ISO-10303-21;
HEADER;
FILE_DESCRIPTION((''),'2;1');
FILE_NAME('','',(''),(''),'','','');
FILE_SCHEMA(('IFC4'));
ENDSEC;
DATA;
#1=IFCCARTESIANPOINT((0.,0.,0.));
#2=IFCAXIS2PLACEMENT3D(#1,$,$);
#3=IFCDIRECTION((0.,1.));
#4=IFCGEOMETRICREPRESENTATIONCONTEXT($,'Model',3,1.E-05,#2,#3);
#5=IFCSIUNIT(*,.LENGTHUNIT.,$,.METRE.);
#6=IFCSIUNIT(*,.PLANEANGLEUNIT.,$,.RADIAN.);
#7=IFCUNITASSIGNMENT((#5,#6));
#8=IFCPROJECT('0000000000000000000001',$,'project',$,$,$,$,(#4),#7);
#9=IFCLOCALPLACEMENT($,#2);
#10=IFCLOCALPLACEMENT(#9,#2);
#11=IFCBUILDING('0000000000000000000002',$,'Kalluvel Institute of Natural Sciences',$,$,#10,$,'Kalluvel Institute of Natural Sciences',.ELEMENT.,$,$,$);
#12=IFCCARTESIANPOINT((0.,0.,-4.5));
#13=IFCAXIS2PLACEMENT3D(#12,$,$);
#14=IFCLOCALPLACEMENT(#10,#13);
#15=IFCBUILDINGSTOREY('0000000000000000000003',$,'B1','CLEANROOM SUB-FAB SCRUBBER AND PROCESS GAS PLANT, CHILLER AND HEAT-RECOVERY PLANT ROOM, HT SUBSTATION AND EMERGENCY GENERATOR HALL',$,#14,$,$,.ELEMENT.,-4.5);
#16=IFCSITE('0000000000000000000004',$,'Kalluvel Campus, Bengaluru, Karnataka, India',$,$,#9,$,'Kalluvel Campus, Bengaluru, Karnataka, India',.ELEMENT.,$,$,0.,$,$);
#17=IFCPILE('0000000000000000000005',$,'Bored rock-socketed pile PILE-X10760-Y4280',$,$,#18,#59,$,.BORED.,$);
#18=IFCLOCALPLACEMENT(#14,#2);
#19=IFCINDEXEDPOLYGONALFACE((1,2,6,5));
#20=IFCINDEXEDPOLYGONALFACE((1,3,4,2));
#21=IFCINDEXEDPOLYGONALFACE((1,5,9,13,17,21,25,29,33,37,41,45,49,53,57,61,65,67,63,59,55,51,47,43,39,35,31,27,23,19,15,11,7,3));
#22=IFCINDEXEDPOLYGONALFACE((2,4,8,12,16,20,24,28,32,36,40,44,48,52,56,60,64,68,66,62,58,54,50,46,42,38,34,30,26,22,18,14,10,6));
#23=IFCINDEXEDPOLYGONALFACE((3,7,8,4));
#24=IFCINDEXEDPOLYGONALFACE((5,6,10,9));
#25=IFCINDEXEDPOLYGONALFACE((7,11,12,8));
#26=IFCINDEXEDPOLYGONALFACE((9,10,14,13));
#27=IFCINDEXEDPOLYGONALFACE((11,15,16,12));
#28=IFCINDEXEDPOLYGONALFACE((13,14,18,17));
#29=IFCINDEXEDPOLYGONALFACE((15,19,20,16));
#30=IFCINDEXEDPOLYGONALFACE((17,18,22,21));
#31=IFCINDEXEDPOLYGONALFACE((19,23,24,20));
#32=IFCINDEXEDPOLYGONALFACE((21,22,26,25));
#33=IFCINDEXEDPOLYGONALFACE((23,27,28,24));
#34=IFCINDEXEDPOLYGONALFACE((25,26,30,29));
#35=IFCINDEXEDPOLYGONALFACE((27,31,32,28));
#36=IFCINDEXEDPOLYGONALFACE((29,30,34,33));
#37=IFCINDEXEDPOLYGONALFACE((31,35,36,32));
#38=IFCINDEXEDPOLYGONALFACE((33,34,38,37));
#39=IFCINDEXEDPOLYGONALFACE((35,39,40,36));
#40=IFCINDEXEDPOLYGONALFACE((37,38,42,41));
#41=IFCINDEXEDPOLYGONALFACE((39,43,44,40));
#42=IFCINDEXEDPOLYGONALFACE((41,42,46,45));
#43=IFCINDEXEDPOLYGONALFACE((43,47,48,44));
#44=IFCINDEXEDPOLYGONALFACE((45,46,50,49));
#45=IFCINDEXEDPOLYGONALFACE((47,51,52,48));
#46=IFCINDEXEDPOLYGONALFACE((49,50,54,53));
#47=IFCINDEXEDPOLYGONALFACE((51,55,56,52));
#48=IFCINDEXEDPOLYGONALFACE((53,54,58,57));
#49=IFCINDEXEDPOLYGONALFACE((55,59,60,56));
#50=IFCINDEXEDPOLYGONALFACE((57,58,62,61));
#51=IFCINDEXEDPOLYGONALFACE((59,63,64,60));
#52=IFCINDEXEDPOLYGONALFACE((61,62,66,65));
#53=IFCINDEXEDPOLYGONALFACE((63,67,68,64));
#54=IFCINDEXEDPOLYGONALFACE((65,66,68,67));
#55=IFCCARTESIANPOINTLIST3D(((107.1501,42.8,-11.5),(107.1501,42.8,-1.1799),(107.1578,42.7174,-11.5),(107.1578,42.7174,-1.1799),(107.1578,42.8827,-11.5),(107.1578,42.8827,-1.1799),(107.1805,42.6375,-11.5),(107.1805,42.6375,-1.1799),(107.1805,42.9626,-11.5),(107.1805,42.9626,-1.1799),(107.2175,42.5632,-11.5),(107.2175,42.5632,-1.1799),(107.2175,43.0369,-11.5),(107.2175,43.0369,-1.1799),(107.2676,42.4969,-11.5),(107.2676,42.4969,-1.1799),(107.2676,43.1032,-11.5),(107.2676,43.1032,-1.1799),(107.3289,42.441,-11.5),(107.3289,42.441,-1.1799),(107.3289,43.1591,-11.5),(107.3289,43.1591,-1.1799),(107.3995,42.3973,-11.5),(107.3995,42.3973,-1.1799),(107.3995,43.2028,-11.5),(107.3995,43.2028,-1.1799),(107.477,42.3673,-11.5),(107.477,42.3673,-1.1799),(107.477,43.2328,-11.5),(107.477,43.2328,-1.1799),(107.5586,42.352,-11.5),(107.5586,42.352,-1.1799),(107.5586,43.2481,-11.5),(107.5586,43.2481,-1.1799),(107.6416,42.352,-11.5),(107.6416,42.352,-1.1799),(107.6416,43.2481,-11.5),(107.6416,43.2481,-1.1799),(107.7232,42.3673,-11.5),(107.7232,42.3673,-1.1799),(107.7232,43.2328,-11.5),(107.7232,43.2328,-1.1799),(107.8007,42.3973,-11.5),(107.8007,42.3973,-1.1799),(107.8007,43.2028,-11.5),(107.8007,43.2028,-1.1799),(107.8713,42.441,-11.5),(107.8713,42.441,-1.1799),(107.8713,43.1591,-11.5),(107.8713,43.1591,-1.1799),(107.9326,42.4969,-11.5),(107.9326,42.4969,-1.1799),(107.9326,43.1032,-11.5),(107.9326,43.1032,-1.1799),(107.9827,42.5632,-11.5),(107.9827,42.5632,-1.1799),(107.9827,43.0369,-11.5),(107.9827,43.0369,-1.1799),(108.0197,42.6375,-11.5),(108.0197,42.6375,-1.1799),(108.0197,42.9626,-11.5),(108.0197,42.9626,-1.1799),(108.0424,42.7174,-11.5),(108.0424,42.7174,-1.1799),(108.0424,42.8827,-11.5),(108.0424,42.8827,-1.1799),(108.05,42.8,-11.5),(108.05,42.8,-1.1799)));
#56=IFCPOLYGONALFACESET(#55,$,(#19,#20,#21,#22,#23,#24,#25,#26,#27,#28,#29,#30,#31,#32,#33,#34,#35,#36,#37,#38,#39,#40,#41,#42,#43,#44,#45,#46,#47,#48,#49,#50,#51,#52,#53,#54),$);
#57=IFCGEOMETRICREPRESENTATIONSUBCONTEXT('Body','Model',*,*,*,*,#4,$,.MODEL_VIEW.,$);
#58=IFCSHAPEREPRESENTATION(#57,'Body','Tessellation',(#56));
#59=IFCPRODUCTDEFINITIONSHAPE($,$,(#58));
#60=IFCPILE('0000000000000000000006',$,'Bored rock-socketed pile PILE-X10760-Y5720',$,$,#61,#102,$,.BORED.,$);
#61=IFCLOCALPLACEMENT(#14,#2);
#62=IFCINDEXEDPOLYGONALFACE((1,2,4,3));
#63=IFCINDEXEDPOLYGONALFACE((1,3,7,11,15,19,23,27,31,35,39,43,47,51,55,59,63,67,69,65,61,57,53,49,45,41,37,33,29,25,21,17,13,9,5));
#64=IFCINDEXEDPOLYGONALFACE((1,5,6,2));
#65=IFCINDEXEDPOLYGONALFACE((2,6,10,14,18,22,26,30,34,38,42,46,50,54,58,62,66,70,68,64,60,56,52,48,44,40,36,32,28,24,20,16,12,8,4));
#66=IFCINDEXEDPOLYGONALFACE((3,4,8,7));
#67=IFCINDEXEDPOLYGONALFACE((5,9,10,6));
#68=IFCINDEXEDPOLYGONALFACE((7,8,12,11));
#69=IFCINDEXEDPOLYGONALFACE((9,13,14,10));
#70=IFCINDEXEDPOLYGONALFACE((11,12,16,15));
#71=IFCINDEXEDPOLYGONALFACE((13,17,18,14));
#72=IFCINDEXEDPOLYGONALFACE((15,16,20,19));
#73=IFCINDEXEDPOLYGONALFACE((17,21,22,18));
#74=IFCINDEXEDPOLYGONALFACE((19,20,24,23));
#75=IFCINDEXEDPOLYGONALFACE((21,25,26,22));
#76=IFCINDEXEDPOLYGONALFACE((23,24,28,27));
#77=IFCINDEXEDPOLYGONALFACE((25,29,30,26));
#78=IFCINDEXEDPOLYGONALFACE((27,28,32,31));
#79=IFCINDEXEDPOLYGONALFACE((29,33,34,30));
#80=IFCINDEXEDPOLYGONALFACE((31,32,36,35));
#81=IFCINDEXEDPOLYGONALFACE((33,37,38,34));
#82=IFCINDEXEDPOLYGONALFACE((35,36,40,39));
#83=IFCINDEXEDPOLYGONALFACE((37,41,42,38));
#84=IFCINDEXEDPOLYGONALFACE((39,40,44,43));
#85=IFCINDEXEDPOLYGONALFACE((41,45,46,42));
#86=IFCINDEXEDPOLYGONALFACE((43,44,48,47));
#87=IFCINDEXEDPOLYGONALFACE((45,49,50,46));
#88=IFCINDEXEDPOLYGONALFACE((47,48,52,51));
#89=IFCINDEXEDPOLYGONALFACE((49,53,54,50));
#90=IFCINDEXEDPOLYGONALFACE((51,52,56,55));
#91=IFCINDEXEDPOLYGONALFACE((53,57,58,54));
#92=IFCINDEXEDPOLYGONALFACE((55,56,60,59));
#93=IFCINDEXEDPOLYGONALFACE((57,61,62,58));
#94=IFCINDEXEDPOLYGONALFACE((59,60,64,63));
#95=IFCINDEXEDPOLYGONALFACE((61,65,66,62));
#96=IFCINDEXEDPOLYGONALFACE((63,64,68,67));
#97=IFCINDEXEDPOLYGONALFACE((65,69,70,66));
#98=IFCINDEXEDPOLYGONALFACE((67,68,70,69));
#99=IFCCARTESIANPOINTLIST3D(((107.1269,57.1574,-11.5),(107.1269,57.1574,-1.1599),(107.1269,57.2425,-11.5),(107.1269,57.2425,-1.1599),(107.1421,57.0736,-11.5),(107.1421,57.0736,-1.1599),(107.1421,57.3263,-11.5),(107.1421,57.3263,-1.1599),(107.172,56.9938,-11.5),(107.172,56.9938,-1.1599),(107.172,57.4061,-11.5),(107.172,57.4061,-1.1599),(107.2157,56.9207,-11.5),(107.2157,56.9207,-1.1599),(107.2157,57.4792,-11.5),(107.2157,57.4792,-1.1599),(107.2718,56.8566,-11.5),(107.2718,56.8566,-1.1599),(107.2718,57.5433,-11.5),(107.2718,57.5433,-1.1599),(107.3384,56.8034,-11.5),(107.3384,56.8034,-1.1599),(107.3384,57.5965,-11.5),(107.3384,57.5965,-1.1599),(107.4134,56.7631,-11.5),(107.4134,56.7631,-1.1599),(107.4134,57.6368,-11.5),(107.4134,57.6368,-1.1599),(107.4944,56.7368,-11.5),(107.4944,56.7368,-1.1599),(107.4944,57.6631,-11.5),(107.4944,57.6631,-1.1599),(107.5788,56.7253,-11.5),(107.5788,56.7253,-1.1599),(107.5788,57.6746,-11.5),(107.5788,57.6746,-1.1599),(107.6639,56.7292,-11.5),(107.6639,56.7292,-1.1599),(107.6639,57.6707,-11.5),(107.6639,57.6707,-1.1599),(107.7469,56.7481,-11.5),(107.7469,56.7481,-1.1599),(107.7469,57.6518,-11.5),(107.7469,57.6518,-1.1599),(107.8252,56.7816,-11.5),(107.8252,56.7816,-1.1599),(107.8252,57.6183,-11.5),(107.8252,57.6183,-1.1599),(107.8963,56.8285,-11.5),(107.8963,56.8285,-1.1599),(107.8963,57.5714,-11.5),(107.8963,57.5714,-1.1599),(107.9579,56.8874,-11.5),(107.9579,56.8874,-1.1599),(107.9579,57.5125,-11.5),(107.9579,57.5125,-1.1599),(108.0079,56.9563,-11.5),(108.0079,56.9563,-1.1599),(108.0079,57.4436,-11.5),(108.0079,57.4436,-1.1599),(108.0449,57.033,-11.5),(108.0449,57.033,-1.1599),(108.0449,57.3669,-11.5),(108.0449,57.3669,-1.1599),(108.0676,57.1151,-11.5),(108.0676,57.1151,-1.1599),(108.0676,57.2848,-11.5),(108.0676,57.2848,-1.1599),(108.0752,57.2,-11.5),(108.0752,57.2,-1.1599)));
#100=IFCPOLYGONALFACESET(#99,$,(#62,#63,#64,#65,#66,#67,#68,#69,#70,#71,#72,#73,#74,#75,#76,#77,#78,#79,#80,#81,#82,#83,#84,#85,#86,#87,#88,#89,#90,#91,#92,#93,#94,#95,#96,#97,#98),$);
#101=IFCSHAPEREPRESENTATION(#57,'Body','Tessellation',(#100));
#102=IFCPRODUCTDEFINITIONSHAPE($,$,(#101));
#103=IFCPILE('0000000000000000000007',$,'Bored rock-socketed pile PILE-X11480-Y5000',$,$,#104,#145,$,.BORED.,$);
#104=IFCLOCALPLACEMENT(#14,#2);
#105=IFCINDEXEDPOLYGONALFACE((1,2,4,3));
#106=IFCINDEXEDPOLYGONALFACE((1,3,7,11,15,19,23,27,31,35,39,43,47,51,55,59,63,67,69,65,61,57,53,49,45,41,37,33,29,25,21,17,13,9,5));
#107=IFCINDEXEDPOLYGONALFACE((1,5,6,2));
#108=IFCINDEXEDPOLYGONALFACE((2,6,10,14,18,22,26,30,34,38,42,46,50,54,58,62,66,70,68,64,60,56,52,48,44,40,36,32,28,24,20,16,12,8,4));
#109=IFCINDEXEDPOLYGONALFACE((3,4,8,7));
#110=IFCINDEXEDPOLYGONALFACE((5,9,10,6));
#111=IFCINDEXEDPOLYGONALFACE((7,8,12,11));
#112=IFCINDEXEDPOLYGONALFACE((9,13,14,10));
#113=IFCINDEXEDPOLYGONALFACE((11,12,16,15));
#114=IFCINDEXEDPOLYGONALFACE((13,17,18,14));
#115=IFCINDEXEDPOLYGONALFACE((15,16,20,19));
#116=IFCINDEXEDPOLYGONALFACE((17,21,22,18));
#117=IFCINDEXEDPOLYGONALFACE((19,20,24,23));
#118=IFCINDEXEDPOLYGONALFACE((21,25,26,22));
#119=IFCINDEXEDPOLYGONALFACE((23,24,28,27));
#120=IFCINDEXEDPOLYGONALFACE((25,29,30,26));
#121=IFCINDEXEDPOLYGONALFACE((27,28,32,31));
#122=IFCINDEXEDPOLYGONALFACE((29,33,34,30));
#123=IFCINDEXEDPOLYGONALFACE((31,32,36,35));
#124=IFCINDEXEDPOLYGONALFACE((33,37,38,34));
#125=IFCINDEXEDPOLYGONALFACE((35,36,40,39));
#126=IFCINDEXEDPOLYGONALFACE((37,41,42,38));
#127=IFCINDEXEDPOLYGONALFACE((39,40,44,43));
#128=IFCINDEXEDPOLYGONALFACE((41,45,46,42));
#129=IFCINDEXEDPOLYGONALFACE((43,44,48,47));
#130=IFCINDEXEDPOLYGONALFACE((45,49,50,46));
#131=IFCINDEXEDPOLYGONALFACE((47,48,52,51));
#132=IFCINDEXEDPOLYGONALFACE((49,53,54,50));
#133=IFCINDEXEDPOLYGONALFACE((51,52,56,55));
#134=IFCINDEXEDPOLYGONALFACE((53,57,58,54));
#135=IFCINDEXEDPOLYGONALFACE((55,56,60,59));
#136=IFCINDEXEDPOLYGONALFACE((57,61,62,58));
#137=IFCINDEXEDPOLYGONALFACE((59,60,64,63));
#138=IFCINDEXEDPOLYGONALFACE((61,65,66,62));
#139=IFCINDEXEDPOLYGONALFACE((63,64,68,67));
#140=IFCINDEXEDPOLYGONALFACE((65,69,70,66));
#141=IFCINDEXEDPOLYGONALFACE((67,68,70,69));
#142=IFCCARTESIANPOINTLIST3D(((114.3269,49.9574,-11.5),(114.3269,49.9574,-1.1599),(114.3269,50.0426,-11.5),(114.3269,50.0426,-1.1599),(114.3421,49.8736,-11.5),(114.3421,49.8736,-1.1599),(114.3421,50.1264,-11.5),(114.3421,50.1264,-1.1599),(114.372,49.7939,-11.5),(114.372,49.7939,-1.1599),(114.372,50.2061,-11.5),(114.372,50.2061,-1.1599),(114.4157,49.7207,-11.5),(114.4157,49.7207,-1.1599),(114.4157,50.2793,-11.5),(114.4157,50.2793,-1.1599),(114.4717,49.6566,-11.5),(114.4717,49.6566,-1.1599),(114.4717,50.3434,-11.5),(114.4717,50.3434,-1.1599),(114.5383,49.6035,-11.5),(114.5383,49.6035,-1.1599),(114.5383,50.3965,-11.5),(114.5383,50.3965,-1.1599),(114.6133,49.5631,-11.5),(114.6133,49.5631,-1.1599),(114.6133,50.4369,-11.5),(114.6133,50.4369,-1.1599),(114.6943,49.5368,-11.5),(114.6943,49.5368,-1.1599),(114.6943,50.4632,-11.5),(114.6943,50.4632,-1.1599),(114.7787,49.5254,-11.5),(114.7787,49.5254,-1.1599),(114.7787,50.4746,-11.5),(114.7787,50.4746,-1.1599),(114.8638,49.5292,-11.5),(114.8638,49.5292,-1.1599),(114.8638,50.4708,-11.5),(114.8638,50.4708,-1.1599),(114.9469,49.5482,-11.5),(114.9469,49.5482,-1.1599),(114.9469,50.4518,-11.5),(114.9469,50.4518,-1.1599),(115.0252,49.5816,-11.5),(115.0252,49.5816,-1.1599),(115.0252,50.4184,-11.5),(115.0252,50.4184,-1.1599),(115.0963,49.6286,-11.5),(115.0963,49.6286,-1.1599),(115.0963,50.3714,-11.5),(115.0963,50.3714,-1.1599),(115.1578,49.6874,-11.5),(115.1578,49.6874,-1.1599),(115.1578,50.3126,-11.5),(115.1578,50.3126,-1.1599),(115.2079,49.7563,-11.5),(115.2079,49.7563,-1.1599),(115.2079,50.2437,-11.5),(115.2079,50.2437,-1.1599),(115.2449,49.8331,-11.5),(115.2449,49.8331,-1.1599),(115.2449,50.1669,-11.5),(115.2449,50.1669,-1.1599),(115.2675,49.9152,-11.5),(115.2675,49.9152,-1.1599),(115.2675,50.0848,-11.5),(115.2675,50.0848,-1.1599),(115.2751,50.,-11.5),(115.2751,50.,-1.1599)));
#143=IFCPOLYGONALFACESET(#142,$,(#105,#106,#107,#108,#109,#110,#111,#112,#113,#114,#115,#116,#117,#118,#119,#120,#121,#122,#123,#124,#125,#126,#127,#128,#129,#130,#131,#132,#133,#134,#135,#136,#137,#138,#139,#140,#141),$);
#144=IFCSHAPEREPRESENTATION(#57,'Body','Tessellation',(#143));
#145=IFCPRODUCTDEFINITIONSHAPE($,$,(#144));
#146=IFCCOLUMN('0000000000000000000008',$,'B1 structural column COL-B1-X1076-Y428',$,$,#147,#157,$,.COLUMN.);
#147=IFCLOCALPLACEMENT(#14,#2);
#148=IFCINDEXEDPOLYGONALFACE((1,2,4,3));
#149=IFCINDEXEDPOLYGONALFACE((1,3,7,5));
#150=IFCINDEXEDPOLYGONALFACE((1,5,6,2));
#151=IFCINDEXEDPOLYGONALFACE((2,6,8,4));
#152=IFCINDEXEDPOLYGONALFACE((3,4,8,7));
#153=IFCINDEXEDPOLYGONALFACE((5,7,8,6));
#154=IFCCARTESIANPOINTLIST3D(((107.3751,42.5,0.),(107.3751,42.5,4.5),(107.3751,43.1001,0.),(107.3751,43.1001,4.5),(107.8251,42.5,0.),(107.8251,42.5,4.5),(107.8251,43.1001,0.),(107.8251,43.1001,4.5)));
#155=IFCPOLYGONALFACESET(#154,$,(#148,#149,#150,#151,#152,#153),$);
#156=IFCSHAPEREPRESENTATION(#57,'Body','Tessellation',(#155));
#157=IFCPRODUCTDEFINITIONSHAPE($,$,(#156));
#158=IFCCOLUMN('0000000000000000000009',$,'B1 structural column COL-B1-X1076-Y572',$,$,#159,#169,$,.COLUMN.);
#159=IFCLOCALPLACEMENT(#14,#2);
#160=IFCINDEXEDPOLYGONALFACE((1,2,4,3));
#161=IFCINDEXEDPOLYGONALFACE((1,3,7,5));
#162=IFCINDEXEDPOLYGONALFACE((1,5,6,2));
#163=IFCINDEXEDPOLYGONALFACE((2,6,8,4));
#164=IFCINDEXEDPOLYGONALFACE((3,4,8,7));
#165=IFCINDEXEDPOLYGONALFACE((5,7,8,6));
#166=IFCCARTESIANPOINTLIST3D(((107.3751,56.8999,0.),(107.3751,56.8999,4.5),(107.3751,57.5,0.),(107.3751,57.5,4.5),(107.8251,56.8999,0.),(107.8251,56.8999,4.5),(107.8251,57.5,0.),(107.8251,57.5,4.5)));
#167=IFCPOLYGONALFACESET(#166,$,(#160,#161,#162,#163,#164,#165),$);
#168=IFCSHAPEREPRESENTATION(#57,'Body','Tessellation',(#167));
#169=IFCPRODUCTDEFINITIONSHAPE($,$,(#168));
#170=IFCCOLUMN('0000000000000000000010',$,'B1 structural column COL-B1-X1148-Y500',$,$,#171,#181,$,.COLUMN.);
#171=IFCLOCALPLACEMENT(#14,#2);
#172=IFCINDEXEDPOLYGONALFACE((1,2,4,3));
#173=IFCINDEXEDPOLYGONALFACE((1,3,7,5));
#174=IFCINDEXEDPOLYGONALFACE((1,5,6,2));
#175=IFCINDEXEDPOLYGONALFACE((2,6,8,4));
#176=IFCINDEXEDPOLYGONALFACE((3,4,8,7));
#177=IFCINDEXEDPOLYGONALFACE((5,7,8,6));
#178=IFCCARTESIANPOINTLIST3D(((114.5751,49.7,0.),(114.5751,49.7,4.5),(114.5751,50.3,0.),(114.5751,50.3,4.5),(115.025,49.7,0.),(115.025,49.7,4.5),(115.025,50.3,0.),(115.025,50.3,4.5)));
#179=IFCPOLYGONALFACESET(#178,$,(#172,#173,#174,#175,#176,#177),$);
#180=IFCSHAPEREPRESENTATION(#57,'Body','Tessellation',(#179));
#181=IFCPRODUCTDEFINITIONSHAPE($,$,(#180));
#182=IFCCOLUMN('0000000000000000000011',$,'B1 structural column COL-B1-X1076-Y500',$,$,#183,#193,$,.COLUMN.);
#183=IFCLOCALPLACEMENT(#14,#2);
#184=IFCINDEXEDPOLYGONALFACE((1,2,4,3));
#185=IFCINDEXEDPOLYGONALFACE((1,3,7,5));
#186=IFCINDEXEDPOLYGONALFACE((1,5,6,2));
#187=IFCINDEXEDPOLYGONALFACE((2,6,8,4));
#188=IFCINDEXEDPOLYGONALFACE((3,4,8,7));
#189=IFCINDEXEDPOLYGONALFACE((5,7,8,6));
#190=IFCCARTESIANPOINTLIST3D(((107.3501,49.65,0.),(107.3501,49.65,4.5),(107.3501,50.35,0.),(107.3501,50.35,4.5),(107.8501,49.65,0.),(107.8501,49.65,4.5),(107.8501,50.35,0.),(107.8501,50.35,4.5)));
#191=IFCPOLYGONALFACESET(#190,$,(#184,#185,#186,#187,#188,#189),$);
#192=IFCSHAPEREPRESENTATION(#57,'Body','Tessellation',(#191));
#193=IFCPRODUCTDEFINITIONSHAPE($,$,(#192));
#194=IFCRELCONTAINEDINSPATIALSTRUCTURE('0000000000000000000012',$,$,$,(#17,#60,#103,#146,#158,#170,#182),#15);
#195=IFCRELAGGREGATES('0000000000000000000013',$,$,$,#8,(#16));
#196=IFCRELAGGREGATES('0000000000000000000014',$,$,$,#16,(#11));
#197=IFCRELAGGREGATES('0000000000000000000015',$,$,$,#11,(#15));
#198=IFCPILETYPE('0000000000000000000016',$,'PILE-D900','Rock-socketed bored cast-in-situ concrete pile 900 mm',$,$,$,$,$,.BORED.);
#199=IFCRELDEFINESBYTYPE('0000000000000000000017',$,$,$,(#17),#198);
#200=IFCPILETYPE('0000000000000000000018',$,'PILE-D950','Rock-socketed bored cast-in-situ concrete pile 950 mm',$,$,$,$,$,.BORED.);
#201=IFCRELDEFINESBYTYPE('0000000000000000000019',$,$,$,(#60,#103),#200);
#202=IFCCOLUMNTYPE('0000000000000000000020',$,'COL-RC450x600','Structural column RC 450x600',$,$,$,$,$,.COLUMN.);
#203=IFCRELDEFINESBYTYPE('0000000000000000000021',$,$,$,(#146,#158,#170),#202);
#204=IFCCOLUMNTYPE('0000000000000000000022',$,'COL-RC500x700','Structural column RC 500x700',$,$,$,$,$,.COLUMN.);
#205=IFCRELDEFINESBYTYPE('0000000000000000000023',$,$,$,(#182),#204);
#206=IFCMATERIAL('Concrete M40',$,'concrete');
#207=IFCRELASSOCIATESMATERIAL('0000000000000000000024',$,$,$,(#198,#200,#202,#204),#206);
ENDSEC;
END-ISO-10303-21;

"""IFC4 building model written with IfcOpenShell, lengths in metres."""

from ifc_helpers import new_model, si_unit, direction, frame, origin, origin_2d, place, context, subcontext, project, spatial, rectangle, circle, extrude, material, material_profile, profile_set, type_object, element, save


model = new_model("IFC4")

# Units and contexts
model_context = context("Model", 3, precision=1e-05, world=origin(), true_north=direction((0.0, 1.0)))
body_context = subcontext(model_context, "Body", "Model", "MODEL_VIEW")
ifc_project = project(units=[si_unit("LENGTHUNIT", "METRE"), si_unit("PLANEANGLEUNIT", "RADIAN")], contexts=[model_context])

# Site, building, storey
site_placement = place(None, origin())
site = spatial("IfcSite", under=ifc_project, at=site_placement, Name="Kalluvel Campus, Bengaluru, Karnataka, India", LongName="Kalluvel Campus, Bengaluru, Karnataka, India", CompositionType="ELEMENT", RefElevation=0.0)
building_placement = place(site_placement, origin())
building = spatial("IfcBuilding", under=site, at=building_placement, Name="Kalluvel Institute of Natural Sciences", LongName="Kalluvel Institute of Natural Sciences", CompositionType="ELEMENT")
storey_placement = place(building_placement, frame((0.0, 0.0, -4.5)))
storey = spatial("IfcBuildingStorey", under=building, at=storey_placement, Name="B1", Description="CLEANROOM SUB-FAB SCRUBBER AND PROCESS GAS PLANT, CHILLER AND HEAT-RECOVERY PLANT ROOM, HT SUBSTATION AND EMERGENCY GENERATOR HALL", CompositionType="ELEMENT", Elevation=-4.5)

# Shared definitions
ifc_material = material(Name="Concrete M40", Category="concrete")

# Piles
ifc_material_profile_1 = material_profile(ifc_material, circle(Radius=0.45, at=origin_2d()), Name="PILE D900")
ifc_profile_set_1 = profile_set([ifc_material_profile_1], Name="Concrete M40")
pile_type_1 = type_object("IfcPileType", Name="PILE-D900", Description="Rock-socketed bored cast-in-situ concrete pile 900 mm", PredefinedType="BORED", material=ifc_profile_set_1)
pile_placement = place(storey_placement, frame((107.6001, 42.8, -1.1799), z_axis=(0.0, 0.0, -1.0), x_axis=(1.0, 0.0, 0.0)))
element("IfcPile", 1, at=pile_placement, inside=storey, type_object=pile_type_1, Name="Bored rock-socketed pile PILE-X10760-Y4280", PredefinedType="BORED", context=body_context, shape_type="SweptSolid", body=[
    extrude(circle(Radius=0.45, at=origin_2d()), origin(), (0.0, 0.0, 1.0), 10.3201),
])
ifc_material_profile_2 = material_profile(ifc_material, circle(Radius=0.4751, at=origin_2d()), Name="PILE D950")
ifc_profile_set_2 = profile_set([ifc_material_profile_2], Name="Concrete M40")
pile_type_2 = type_object("IfcPileType", Name="PILE-D950", Description="Rock-socketed bored cast-in-situ concrete pile 950 mm", PredefinedType="BORED", material=ifc_profile_set_2)
for number, where, z_axis, x_axis, name in (
    (2, (107.6001, 57.2, -1.1599), (0.0, 0.0, -1.0), (1.0, 0.0, 0.0), "Bored rock-socketed pile PILE-X10760-Y5720"),
    (3, (114.8, 50.0, -1.1599), (0.0, 0.0, -1.0), (1.0, 0.0, 0.0), "Bored rock-socketed pile PILE-X11480-Y5000"),
):
    element("IfcPile", number, at=place(storey_placement, frame(where, z_axis=z_axis, x_axis=x_axis)), inside=storey, type_object=pile_type_2, Name=name, PredefinedType="BORED", context=body_context, shape_type="SweptSolid", body=[
        extrude(circle(Radius=0.4751, at=origin_2d()), origin(), (0.0, 0.0, 1.0), 10.3401),
    ])

# Columns
ifc_material_profile_3 = material_profile(ifc_material, rectangle(XDim=0.45, YDim=0.6001, at=origin_2d()), Name="RC 450x600")
ifc_profile_set_3 = profile_set([ifc_material_profile_3], Name="Concrete M40")
column_type_1 = type_object("IfcColumnType", Name="COL-RC450x600", Description="Structural column RC 450x600", PredefinedType="COLUMN", material=ifc_profile_set_3)
for number, where, z_axis, x_axis, name in (
    (4, (107.6001, 42.8, 0.0), (0.0, 0.0, 1.0), (1.0, 0.0, 0.0), "B1 structural column COL-B1-X1076-Y428"),
    (5, (107.6001, 57.2, 0.0), (0.0, 0.0, 1.0), (1.0, 0.0, 0.0), "B1 structural column COL-B1-X1076-Y572"),
    (6, (114.8, 50.0, 0.0), (0.0, 0.0, 1.0), (1.0, 0.0, 0.0), "B1 structural column COL-B1-X1148-Y500"),
):
    element("IfcColumn", number, at=place(storey_placement, frame(where, z_axis=z_axis, x_axis=x_axis)), inside=storey, type_object=column_type_1, Name=name, PredefinedType="COLUMN", context=body_context, shape_type="SweptSolid", body=[
        extrude(rectangle(XDim=0.45, YDim=0.6001, at=origin_2d()), origin(), (0.0, 0.0, 1.0), 4.5),
    ])
ifc_material_profile_4 = material_profile(ifc_material, rectangle(XDim=0.5, YDim=0.7, at=origin_2d()), Name="RC 500x700")
ifc_profile_set_4 = profile_set([ifc_material_profile_4], Name="Concrete M40")
column_type_2 = type_object("IfcColumnType", Name="COL-RC500x700", Description="Structural column RC 500x700", PredefinedType="COLUMN", material=ifc_profile_set_4)
column_placement = place(storey_placement, frame((107.6001, 50.0, 0.0), z_axis=(0.0, 0.0, 1.0), x_axis=(1.0, 0.0, 0.0)))
element("IfcColumn", 7, at=column_placement, inside=storey, type_object=column_type_2, Name="B1 structural column COL-B1-X1076-Y500", PredefinedType="COLUMN", context=body_context, shape_type="SweptSolid", body=[
    extrude(rectangle(XDim=0.5, YDim=0.7, at=origin_2d()), origin(), (0.0, 0.0, 1.0), 4.5),
])

save(model, "model.ifc")
